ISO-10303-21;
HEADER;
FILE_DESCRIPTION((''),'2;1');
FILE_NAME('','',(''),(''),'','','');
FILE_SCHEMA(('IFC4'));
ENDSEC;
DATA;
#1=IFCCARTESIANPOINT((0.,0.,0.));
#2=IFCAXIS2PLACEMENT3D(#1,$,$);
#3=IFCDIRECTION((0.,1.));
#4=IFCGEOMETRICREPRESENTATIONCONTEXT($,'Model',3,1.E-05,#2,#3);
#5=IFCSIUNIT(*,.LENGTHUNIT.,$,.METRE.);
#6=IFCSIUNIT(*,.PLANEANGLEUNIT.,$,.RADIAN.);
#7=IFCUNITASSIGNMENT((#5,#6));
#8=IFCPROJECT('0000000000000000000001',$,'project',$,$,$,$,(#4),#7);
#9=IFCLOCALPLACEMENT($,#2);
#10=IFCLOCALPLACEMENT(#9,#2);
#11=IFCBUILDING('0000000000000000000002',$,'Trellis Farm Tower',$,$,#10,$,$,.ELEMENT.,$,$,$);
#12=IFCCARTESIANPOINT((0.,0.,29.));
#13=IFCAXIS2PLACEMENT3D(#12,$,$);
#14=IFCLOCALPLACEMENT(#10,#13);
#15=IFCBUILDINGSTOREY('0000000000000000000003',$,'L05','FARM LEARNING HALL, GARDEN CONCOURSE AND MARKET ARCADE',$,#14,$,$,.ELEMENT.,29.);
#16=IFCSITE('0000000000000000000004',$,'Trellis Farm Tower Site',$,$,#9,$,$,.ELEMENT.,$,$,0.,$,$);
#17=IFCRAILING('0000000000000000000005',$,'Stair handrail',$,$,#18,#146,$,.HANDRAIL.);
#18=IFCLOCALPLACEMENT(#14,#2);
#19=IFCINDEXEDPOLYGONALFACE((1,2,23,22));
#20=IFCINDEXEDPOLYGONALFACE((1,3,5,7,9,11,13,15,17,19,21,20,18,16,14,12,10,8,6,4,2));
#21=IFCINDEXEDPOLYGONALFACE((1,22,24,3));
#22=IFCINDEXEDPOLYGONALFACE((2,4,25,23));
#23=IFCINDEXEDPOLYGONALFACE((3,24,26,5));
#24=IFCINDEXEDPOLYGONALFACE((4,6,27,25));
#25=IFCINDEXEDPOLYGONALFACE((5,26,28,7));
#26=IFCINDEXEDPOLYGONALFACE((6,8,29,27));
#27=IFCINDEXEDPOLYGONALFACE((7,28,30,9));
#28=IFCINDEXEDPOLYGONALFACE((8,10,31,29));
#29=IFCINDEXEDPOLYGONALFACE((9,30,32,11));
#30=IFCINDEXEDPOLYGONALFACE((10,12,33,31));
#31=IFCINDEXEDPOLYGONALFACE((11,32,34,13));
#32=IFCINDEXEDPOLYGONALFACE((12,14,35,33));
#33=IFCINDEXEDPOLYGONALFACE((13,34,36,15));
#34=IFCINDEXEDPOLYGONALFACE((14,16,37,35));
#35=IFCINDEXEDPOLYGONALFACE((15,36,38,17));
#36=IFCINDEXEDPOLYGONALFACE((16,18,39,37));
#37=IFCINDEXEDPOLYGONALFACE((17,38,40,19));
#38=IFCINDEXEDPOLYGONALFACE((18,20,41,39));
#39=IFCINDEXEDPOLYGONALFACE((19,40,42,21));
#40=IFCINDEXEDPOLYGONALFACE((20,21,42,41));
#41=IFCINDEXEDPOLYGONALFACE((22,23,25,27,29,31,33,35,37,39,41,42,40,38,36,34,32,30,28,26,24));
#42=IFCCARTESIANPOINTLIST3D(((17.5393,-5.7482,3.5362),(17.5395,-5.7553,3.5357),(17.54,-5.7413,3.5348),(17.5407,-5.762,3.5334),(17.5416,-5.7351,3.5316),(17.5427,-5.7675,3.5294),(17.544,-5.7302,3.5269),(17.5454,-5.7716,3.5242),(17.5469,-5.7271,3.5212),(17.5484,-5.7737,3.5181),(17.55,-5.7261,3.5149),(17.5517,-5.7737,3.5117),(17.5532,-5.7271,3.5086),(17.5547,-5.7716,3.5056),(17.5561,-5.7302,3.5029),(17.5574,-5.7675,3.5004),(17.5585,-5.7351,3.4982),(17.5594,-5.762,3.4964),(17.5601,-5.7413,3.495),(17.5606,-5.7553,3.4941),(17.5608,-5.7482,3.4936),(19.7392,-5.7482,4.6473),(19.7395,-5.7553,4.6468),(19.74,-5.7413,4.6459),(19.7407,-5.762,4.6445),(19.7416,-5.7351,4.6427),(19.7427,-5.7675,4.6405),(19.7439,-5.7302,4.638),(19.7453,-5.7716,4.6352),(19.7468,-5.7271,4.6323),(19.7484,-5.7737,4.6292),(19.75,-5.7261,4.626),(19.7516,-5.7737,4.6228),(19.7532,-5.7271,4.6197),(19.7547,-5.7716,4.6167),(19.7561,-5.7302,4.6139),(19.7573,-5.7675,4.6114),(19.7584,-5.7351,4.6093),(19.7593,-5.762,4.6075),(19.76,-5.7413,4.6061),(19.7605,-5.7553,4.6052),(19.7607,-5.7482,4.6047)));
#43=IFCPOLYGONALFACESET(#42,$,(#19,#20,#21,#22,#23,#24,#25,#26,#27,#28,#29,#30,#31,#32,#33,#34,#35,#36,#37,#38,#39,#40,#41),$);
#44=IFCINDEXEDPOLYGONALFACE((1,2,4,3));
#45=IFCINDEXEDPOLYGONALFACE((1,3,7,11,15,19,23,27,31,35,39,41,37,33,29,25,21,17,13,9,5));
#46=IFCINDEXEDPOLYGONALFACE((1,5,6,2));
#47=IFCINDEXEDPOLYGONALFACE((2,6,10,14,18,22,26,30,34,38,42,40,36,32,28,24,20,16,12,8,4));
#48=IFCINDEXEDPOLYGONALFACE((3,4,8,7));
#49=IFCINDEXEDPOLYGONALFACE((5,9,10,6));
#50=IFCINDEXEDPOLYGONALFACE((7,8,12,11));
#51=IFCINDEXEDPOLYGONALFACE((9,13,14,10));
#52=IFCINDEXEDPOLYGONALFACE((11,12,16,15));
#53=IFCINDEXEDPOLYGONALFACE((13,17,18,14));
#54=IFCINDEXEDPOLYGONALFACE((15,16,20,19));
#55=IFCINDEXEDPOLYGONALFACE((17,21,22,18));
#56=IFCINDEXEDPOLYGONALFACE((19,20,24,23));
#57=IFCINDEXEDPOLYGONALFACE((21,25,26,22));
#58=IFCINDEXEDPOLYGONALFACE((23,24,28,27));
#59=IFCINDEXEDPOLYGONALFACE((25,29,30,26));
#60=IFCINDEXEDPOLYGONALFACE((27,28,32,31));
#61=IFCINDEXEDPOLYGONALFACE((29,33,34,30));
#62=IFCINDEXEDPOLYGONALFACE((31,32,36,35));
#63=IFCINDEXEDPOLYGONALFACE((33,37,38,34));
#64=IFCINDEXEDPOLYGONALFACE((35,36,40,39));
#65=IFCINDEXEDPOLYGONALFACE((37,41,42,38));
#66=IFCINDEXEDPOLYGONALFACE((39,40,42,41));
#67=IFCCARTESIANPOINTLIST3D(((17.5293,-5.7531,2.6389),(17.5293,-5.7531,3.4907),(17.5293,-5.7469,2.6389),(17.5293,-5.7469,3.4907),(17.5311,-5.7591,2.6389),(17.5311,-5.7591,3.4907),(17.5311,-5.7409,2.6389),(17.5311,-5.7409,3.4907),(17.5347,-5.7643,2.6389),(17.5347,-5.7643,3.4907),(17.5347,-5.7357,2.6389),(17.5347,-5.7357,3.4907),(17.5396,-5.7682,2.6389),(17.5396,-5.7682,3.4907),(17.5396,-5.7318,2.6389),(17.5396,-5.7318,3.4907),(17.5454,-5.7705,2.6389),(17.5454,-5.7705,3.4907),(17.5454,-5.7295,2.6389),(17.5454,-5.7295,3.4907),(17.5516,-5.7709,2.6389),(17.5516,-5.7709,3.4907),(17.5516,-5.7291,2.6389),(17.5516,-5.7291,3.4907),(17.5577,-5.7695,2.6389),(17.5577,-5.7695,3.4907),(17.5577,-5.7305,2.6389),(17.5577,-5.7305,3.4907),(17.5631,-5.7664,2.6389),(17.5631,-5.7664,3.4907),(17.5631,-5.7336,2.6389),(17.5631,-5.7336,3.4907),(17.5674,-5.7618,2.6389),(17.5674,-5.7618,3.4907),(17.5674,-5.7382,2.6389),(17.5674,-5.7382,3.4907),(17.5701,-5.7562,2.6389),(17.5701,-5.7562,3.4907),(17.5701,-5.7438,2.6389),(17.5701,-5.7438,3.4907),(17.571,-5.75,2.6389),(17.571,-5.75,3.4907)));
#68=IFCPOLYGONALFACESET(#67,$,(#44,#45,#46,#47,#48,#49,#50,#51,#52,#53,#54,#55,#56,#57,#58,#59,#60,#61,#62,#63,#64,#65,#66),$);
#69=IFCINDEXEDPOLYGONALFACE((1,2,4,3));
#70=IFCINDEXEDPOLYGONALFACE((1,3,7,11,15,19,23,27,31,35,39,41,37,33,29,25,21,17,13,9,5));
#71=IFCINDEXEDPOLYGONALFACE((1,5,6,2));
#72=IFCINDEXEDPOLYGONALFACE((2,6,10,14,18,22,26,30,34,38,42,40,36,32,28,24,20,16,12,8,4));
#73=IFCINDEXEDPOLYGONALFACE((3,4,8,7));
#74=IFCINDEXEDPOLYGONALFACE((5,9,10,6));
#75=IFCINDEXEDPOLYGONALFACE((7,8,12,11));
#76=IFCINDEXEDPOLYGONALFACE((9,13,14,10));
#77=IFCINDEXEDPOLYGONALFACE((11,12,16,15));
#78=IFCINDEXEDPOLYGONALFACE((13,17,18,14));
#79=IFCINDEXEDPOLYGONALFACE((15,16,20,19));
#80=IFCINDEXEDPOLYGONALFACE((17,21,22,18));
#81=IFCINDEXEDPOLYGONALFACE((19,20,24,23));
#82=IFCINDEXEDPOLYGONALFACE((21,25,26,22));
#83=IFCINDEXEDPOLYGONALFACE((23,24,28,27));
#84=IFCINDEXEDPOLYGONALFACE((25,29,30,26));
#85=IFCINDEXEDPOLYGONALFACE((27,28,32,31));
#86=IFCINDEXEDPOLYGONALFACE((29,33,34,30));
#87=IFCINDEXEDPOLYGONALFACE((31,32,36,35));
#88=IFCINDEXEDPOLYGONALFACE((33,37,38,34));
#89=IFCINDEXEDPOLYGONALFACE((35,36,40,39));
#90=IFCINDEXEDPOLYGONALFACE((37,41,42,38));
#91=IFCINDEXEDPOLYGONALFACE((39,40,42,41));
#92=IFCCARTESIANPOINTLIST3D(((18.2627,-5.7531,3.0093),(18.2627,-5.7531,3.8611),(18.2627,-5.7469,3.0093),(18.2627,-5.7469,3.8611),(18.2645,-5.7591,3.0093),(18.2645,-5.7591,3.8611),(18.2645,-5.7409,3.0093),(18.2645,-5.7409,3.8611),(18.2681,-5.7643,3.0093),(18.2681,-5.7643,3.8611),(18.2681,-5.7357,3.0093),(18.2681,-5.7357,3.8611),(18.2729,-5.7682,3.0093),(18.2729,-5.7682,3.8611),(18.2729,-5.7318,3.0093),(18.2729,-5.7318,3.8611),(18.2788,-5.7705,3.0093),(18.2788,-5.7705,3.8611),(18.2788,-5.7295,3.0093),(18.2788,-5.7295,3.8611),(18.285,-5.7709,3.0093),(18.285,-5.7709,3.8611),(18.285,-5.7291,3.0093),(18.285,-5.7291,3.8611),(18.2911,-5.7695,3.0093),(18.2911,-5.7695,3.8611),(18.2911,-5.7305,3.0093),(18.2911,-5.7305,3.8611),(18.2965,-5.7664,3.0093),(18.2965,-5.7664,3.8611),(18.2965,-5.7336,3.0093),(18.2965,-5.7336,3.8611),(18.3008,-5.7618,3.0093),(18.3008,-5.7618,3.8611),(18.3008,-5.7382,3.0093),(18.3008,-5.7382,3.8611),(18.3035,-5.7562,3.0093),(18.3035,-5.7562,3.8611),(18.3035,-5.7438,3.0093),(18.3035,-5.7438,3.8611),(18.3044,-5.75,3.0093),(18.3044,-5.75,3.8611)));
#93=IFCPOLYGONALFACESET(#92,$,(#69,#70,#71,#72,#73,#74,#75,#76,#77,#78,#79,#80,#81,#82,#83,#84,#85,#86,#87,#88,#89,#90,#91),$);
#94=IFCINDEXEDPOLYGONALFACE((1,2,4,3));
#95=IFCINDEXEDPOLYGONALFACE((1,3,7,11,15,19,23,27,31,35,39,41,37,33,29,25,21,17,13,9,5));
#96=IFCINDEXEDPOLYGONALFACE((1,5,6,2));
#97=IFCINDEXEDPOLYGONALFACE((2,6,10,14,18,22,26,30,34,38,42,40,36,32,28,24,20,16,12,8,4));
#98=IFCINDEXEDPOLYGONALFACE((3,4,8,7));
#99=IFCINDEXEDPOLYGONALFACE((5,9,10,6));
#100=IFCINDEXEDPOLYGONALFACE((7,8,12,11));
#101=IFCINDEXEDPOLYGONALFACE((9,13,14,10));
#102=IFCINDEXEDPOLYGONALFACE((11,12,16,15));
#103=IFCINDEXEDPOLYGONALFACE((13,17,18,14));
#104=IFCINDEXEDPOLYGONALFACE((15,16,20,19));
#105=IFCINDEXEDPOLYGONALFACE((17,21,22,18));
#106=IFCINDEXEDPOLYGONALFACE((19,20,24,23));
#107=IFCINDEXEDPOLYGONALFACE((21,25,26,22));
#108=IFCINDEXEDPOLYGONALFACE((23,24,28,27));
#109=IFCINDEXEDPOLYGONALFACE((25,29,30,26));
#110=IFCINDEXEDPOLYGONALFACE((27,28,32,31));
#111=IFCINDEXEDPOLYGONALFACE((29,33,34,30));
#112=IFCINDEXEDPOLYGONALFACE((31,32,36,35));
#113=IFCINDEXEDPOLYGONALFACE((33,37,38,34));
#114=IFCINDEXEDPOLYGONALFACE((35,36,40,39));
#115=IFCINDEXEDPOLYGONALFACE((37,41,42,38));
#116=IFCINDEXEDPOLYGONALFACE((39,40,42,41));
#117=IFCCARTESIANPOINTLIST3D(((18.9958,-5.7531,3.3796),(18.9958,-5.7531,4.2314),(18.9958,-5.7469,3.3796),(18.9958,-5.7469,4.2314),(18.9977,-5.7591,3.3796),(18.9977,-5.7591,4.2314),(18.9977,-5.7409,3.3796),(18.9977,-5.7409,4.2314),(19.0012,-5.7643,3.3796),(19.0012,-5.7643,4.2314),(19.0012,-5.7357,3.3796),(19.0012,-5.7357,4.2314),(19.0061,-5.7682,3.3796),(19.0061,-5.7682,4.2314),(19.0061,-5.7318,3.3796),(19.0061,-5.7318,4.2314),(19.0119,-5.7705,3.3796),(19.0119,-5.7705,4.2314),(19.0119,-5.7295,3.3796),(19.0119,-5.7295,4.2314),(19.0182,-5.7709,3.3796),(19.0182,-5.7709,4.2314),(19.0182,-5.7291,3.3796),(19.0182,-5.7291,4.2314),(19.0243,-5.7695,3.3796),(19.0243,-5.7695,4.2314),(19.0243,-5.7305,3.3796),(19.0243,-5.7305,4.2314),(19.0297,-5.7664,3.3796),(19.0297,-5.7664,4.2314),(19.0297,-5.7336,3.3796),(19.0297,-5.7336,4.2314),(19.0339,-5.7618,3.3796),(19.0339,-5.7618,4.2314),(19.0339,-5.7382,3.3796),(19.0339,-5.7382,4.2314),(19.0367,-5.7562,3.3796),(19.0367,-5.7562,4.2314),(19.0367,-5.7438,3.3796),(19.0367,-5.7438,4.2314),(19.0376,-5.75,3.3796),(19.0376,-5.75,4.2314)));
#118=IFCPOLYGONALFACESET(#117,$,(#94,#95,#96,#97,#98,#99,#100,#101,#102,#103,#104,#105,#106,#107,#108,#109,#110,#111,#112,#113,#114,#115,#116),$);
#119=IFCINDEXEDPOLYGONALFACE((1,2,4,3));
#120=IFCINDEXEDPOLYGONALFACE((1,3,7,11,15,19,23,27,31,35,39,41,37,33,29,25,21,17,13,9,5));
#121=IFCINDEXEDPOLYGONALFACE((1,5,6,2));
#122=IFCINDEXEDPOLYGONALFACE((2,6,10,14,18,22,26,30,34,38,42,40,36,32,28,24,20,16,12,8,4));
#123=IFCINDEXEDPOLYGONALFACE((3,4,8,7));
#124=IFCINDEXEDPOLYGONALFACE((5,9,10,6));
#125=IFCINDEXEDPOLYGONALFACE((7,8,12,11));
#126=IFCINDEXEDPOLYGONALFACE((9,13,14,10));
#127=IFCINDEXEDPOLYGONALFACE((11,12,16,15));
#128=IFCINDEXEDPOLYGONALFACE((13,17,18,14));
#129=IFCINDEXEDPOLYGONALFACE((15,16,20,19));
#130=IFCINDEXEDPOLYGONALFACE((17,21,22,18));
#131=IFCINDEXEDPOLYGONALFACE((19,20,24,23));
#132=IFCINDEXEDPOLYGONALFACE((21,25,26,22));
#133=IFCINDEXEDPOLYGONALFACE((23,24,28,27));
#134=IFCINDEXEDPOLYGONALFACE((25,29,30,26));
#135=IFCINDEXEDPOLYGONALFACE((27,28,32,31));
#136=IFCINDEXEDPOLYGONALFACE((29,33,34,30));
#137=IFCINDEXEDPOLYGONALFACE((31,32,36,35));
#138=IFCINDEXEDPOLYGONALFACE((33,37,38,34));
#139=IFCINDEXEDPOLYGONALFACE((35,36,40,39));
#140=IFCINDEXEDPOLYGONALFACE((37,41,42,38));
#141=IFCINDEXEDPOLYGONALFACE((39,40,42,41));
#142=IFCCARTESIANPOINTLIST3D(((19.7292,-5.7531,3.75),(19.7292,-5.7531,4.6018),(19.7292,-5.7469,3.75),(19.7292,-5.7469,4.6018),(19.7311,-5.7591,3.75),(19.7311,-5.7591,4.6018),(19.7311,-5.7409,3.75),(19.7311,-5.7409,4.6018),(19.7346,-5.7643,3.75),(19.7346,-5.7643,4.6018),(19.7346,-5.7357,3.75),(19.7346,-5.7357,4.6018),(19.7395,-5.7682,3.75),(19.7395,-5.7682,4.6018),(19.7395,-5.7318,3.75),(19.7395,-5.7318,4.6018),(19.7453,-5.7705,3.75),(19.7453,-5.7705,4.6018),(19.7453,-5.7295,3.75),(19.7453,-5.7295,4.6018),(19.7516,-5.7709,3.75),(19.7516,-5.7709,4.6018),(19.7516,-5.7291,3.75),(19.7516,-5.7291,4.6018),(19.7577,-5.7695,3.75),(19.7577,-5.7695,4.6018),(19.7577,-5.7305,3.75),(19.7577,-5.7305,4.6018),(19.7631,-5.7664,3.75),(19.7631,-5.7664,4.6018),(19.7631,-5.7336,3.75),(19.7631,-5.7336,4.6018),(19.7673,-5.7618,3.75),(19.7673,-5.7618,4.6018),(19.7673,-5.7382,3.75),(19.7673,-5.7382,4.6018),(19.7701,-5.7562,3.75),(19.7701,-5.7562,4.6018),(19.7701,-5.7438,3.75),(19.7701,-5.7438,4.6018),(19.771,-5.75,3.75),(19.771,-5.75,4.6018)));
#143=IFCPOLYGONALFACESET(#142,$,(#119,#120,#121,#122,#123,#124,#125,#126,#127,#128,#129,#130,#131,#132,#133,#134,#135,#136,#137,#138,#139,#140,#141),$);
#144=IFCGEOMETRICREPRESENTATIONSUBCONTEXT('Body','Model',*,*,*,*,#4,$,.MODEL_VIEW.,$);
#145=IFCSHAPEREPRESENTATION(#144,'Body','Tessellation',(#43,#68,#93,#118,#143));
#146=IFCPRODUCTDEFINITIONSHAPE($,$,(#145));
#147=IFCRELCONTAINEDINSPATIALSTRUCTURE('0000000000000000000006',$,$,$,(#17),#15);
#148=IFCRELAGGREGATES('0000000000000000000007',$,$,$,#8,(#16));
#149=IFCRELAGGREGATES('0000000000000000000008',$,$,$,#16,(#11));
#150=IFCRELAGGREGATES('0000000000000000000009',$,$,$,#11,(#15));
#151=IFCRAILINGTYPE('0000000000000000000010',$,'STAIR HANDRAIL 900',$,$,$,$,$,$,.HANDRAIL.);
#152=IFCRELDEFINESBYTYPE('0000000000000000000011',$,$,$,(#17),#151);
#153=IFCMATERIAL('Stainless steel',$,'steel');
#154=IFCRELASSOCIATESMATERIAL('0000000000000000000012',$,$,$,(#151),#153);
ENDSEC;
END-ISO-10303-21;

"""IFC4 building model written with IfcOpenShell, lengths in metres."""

from ifc_helpers import new_model, si_unit, direction, frame, origin, origin_2d, place, context, subcontext, project, spatial, circle, extrude, source, transform, mapped, material, type_object, element, save


model = new_model("IFC4")

# Units and contexts
model_context = context("Model", 3, precision=1e-05, world=origin(), true_north=direction((0.0, 1.0)))
body_context = subcontext(model_context, "Body", "Model", "MODEL_VIEW")
ifc_project = project(units=[si_unit("LENGTHUNIT", "METRE"), si_unit("PLANEANGLEUNIT", "RADIAN")], contexts=[model_context])

# Site, building, storey
site_placement = place(None, origin())
site = spatial("IfcSite", under=ifc_project, at=site_placement, Name="Trellis Farm Tower Site", CompositionType="ELEMENT", RefElevation=0.0)
building_placement = place(site_placement, origin())
building = spatial("IfcBuilding", under=site, at=building_placement, Name="Trellis Farm Tower", CompositionType="ELEMENT")
storey_placement = place(building_placement, frame((0.0, 0.0, 29.0)))
storey = spatial("IfcBuildingStorey", under=building, at=storey_placement, Name="L05", Description="FARM LEARNING HALL, GARDEN CONCOURSE AND MARKET ARCADE", CompositionType="ELEMENT", Elevation=29.0)

# Railing
ifc_material_1 = material(Name="Stainless steel", Category="steel")
railing_type = type_object("IfcRailingType", Name="STAIR HANDRAIL 900", PredefinedType="HANDRAIL", material=ifc_material_1)
shared_shape_1 = source(origin(), body_context, "Body", "SweptSolid", [
    extrude(circle(Radius=0.0239, at=origin_2d()), frame((0.0, 0.0, 0.876), z_axis=(0.892617, 0.0, 0.450816), x_axis=(0.0, 1.0, 0.0)), (0.0, 0.0, 1.0), 2.4646),
    extrude(circle(Radius=0.021, at=origin_2d()), origin(), (0.0, 0.0, 1.0), 0.8518),
    extrude(circle(Radius=0.021, at=origin_2d()), frame((0.7334, 0.0, 0.3704)), (0.0, 0.0, 1.0), 0.8518),
    extrude(circle(Radius=0.021, at=origin_2d()), frame((1.4666, 0.0, 0.7407)), (0.0, 0.0, 1.0), 0.8518),
    extrude(circle(Radius=0.021, at=origin_2d()), frame((2.2, 0.0, 1.1111)), (0.0, 0.0, 1.0), 0.8518),
])
for number, where, name in (
    (1, (17.55, -5.75, 2.6389), "Stair handrail"),
):
    element("IfcRailing", number, at=place(storey_placement, frame(where)), inside=storey, type_object=railing_type, Name=name, PredefinedType="HANDRAIL", context=body_context, shape_type="MappedRepresentation", body=[
        mapped(shared_shape_1, transform((0.0, 0.0, 0.0))),
    ])

save(model, "model.ifc")
